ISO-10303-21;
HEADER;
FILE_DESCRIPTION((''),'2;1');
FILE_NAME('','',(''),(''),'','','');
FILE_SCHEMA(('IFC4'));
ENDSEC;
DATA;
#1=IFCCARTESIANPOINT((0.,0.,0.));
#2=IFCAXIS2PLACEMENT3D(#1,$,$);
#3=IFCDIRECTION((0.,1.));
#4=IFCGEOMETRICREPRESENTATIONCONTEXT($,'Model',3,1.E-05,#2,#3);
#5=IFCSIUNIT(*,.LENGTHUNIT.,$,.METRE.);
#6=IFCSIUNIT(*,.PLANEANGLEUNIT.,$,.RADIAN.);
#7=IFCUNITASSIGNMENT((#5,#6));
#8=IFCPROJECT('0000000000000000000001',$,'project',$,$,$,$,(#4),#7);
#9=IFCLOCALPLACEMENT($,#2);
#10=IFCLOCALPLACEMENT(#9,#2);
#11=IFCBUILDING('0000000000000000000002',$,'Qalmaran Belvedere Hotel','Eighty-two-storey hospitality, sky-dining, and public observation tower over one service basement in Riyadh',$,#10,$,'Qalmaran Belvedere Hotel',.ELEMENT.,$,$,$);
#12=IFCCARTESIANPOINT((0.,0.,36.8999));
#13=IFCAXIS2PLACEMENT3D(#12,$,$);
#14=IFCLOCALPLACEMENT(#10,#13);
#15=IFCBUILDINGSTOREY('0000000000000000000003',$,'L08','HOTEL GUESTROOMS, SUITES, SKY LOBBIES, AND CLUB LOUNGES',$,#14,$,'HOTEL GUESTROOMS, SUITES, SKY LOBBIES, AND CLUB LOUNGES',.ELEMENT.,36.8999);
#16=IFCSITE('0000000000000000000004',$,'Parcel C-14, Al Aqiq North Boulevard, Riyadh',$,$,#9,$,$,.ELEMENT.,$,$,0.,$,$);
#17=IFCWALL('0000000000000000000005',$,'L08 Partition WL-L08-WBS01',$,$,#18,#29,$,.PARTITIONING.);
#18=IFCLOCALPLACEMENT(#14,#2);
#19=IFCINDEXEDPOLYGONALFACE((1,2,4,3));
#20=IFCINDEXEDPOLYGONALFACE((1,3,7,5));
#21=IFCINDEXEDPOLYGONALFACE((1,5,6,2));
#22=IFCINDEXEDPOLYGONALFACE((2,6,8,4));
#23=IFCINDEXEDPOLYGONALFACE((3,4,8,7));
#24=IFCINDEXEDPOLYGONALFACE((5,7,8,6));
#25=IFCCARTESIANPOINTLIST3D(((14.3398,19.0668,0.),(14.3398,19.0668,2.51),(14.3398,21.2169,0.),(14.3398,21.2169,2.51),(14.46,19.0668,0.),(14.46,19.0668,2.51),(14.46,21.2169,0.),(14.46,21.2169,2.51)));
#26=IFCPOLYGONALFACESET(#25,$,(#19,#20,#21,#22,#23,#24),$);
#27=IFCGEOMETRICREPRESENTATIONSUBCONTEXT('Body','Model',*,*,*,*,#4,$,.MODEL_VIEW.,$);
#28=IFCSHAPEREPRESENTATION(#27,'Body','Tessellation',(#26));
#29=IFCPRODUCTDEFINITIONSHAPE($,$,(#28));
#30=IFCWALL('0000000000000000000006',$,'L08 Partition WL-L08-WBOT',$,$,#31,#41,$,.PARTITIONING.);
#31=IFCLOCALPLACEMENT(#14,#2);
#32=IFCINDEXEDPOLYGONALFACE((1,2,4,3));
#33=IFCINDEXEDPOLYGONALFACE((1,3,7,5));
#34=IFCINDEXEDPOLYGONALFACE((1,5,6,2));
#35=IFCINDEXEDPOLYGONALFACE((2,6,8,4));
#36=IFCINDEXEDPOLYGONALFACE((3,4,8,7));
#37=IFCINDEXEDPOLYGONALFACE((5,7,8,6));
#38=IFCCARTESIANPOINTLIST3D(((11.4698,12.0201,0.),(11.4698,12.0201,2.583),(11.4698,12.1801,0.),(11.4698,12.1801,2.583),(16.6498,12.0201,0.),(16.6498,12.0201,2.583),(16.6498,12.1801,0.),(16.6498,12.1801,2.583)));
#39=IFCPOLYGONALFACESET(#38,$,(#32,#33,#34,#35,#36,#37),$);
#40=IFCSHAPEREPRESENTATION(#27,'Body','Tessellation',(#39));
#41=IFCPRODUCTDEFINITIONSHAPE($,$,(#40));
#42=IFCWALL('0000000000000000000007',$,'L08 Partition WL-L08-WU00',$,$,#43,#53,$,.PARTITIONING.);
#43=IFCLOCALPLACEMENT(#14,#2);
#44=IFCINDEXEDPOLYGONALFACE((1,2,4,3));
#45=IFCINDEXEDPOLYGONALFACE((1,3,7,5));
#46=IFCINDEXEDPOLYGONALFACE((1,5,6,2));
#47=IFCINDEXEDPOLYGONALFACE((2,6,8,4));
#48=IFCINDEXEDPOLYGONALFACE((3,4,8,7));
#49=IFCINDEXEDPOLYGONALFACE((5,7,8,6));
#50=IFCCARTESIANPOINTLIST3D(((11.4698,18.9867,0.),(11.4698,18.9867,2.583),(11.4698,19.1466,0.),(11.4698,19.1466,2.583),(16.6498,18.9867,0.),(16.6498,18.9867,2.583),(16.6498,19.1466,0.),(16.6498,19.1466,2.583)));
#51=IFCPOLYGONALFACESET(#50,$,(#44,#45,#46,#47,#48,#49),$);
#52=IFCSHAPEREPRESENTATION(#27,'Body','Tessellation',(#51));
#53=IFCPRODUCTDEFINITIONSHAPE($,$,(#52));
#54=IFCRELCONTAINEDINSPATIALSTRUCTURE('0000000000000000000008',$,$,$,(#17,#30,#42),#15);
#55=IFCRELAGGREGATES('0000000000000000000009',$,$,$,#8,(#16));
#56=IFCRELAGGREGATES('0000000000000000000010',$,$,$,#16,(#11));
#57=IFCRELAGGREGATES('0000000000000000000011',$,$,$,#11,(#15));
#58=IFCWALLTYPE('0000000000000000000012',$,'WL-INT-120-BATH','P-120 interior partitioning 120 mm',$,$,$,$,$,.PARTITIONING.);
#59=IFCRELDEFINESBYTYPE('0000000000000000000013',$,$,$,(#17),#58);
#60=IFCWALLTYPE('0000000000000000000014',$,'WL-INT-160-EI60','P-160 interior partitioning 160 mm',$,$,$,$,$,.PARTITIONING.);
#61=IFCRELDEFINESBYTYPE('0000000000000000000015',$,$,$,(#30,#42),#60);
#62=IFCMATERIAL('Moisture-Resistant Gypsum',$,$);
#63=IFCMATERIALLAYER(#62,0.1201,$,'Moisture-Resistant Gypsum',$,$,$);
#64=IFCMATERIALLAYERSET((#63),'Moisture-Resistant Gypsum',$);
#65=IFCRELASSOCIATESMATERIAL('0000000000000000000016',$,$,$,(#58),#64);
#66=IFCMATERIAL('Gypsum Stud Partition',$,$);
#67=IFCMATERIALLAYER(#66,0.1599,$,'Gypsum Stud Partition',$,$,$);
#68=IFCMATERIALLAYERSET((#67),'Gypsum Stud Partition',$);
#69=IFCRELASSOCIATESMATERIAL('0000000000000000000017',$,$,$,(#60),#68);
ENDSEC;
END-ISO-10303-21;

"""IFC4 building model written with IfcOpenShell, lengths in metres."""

from ifc_helpers import new_model, si_unit, direction, frame, frame_2d, origin, place, context, subcontext, project, spatial, rectangle, extrude, material, layer, layer_set, type_object, element, save


model = new_model("IFC4")

# Units and contexts
model_context = context("Model", 3, precision=1e-05, world=origin(), true_north=direction((0.0, 1.0)))
body_context = subcontext(model_context, "Body", "Model", "MODEL_VIEW")
ifc_project = project(units=[si_unit("LENGTHUNIT", "METRE"), si_unit("PLANEANGLEUNIT", "RADIAN")], contexts=[model_context])

# Site, building, storey
site_placement = place(None, origin())
site = spatial("IfcSite", under=ifc_project, at=site_placement, Name="Parcel C-14, Al Aqiq North Boulevard, Riyadh", CompositionType="ELEMENT", RefElevation=0.0)
building_placement = place(site_placement, origin())
building = spatial("IfcBuilding", under=site, at=building_placement, Name="Qalmaran Belvedere Hotel", Description="Eighty-two-storey hospitality, sky-dining, and public observation tower over one service basement in Riyadh", LongName="Qalmaran Belvedere Hotel", CompositionType="ELEMENT")
storey_placement = place(building_placement, frame((0.0, 0.0, 36.8999)))
storey = spatial("IfcBuildingStorey", under=building, at=storey_placement, Name="L08", Description="HOTEL GUESTROOMS, SUITES, SKY LOBBIES, AND CLUB LOUNGES", LongName="HOTEL GUESTROOMS, SUITES, SKY LOBBIES, AND CLUB LOUNGES", CompositionType="ELEMENT", Elevation=36.8999)

# Shared definitions
ifc_material_1 = material(Name="Moisture-Resistant Gypsum")
ifc_layer_1 = layer(ifc_material_1, 0.1201, Name="Moisture-Resistant Gypsum")
ifc_layer_set_1 = layer_set([ifc_layer_1], Name="Moisture-Resistant Gypsum")
wall_type_1 = type_object("IfcWallType", Name="WL-INT-120-BATH", Description="P-120 interior partitioning 120 mm", PredefinedType="PARTITIONING", material=ifc_layer_set_1)

# Walls
wall_1_placement = place(storey_placement, frame((14.3999, 19.0667, 0.0), z_axis=(0.0, 0.0, 1.0), x_axis=(0.0, 1.0, 0.0)))
element("IfcWall", 1, at=wall_1_placement, inside=storey, type_object=wall_type_1, Name="L08 Partition WL-L08-WBS01", PredefinedType="PARTITIONING", context=body_context, shape_type="SweptSolid", body=[
    extrude(rectangle(XDim=2.1501, YDim=0.1201, at=frame_2d((1.0752, 0.0))), origin(), (0.0, 0.0, 1.0), 2.51),
])
ifc_material_2 = material(Name="Gypsum Stud Partition")
ifc_layer_2 = layer(ifc_material_2, 0.1599, Name="Gypsum Stud Partition")
ifc_layer_set_2 = layer_set([ifc_layer_2], Name="Gypsum Stud Partition")
wall_type_2 = type_object("IfcWallType", Name="WL-INT-160-EI60", Description="P-160 interior partitioning 160 mm", PredefinedType="PARTITIONING", material=ifc_layer_set_2)
for number, where, z_axis, x_axis, name in (
    (2, (11.47, 12.1001, 0.0), (0.0, 0.0, 1.0), (1.0, 0.0, 0.0), "L08 Partition WL-L08-WBOT"),
    (3, (11.47, 19.0667, 0.0), (0.0, 0.0, 1.0), (1.0, 0.0, 0.0), "L08 Partition WL-L08-WU00"),
):
    element("IfcWall", number, at=place(storey_placement, frame(where, z_axis=z_axis, x_axis=x_axis)), inside=storey, type_object=wall_type_2, Name=name, PredefinedType="PARTITIONING", context=body_context, shape_type="SweptSolid", body=[
        extrude(rectangle(XDim=5.1799, YDim=0.1599, at=frame_2d((2.5898, 0.0))), origin(), (0.0, 0.0, 1.0), 2.583),
    ])

save(model, "model.ifc")
